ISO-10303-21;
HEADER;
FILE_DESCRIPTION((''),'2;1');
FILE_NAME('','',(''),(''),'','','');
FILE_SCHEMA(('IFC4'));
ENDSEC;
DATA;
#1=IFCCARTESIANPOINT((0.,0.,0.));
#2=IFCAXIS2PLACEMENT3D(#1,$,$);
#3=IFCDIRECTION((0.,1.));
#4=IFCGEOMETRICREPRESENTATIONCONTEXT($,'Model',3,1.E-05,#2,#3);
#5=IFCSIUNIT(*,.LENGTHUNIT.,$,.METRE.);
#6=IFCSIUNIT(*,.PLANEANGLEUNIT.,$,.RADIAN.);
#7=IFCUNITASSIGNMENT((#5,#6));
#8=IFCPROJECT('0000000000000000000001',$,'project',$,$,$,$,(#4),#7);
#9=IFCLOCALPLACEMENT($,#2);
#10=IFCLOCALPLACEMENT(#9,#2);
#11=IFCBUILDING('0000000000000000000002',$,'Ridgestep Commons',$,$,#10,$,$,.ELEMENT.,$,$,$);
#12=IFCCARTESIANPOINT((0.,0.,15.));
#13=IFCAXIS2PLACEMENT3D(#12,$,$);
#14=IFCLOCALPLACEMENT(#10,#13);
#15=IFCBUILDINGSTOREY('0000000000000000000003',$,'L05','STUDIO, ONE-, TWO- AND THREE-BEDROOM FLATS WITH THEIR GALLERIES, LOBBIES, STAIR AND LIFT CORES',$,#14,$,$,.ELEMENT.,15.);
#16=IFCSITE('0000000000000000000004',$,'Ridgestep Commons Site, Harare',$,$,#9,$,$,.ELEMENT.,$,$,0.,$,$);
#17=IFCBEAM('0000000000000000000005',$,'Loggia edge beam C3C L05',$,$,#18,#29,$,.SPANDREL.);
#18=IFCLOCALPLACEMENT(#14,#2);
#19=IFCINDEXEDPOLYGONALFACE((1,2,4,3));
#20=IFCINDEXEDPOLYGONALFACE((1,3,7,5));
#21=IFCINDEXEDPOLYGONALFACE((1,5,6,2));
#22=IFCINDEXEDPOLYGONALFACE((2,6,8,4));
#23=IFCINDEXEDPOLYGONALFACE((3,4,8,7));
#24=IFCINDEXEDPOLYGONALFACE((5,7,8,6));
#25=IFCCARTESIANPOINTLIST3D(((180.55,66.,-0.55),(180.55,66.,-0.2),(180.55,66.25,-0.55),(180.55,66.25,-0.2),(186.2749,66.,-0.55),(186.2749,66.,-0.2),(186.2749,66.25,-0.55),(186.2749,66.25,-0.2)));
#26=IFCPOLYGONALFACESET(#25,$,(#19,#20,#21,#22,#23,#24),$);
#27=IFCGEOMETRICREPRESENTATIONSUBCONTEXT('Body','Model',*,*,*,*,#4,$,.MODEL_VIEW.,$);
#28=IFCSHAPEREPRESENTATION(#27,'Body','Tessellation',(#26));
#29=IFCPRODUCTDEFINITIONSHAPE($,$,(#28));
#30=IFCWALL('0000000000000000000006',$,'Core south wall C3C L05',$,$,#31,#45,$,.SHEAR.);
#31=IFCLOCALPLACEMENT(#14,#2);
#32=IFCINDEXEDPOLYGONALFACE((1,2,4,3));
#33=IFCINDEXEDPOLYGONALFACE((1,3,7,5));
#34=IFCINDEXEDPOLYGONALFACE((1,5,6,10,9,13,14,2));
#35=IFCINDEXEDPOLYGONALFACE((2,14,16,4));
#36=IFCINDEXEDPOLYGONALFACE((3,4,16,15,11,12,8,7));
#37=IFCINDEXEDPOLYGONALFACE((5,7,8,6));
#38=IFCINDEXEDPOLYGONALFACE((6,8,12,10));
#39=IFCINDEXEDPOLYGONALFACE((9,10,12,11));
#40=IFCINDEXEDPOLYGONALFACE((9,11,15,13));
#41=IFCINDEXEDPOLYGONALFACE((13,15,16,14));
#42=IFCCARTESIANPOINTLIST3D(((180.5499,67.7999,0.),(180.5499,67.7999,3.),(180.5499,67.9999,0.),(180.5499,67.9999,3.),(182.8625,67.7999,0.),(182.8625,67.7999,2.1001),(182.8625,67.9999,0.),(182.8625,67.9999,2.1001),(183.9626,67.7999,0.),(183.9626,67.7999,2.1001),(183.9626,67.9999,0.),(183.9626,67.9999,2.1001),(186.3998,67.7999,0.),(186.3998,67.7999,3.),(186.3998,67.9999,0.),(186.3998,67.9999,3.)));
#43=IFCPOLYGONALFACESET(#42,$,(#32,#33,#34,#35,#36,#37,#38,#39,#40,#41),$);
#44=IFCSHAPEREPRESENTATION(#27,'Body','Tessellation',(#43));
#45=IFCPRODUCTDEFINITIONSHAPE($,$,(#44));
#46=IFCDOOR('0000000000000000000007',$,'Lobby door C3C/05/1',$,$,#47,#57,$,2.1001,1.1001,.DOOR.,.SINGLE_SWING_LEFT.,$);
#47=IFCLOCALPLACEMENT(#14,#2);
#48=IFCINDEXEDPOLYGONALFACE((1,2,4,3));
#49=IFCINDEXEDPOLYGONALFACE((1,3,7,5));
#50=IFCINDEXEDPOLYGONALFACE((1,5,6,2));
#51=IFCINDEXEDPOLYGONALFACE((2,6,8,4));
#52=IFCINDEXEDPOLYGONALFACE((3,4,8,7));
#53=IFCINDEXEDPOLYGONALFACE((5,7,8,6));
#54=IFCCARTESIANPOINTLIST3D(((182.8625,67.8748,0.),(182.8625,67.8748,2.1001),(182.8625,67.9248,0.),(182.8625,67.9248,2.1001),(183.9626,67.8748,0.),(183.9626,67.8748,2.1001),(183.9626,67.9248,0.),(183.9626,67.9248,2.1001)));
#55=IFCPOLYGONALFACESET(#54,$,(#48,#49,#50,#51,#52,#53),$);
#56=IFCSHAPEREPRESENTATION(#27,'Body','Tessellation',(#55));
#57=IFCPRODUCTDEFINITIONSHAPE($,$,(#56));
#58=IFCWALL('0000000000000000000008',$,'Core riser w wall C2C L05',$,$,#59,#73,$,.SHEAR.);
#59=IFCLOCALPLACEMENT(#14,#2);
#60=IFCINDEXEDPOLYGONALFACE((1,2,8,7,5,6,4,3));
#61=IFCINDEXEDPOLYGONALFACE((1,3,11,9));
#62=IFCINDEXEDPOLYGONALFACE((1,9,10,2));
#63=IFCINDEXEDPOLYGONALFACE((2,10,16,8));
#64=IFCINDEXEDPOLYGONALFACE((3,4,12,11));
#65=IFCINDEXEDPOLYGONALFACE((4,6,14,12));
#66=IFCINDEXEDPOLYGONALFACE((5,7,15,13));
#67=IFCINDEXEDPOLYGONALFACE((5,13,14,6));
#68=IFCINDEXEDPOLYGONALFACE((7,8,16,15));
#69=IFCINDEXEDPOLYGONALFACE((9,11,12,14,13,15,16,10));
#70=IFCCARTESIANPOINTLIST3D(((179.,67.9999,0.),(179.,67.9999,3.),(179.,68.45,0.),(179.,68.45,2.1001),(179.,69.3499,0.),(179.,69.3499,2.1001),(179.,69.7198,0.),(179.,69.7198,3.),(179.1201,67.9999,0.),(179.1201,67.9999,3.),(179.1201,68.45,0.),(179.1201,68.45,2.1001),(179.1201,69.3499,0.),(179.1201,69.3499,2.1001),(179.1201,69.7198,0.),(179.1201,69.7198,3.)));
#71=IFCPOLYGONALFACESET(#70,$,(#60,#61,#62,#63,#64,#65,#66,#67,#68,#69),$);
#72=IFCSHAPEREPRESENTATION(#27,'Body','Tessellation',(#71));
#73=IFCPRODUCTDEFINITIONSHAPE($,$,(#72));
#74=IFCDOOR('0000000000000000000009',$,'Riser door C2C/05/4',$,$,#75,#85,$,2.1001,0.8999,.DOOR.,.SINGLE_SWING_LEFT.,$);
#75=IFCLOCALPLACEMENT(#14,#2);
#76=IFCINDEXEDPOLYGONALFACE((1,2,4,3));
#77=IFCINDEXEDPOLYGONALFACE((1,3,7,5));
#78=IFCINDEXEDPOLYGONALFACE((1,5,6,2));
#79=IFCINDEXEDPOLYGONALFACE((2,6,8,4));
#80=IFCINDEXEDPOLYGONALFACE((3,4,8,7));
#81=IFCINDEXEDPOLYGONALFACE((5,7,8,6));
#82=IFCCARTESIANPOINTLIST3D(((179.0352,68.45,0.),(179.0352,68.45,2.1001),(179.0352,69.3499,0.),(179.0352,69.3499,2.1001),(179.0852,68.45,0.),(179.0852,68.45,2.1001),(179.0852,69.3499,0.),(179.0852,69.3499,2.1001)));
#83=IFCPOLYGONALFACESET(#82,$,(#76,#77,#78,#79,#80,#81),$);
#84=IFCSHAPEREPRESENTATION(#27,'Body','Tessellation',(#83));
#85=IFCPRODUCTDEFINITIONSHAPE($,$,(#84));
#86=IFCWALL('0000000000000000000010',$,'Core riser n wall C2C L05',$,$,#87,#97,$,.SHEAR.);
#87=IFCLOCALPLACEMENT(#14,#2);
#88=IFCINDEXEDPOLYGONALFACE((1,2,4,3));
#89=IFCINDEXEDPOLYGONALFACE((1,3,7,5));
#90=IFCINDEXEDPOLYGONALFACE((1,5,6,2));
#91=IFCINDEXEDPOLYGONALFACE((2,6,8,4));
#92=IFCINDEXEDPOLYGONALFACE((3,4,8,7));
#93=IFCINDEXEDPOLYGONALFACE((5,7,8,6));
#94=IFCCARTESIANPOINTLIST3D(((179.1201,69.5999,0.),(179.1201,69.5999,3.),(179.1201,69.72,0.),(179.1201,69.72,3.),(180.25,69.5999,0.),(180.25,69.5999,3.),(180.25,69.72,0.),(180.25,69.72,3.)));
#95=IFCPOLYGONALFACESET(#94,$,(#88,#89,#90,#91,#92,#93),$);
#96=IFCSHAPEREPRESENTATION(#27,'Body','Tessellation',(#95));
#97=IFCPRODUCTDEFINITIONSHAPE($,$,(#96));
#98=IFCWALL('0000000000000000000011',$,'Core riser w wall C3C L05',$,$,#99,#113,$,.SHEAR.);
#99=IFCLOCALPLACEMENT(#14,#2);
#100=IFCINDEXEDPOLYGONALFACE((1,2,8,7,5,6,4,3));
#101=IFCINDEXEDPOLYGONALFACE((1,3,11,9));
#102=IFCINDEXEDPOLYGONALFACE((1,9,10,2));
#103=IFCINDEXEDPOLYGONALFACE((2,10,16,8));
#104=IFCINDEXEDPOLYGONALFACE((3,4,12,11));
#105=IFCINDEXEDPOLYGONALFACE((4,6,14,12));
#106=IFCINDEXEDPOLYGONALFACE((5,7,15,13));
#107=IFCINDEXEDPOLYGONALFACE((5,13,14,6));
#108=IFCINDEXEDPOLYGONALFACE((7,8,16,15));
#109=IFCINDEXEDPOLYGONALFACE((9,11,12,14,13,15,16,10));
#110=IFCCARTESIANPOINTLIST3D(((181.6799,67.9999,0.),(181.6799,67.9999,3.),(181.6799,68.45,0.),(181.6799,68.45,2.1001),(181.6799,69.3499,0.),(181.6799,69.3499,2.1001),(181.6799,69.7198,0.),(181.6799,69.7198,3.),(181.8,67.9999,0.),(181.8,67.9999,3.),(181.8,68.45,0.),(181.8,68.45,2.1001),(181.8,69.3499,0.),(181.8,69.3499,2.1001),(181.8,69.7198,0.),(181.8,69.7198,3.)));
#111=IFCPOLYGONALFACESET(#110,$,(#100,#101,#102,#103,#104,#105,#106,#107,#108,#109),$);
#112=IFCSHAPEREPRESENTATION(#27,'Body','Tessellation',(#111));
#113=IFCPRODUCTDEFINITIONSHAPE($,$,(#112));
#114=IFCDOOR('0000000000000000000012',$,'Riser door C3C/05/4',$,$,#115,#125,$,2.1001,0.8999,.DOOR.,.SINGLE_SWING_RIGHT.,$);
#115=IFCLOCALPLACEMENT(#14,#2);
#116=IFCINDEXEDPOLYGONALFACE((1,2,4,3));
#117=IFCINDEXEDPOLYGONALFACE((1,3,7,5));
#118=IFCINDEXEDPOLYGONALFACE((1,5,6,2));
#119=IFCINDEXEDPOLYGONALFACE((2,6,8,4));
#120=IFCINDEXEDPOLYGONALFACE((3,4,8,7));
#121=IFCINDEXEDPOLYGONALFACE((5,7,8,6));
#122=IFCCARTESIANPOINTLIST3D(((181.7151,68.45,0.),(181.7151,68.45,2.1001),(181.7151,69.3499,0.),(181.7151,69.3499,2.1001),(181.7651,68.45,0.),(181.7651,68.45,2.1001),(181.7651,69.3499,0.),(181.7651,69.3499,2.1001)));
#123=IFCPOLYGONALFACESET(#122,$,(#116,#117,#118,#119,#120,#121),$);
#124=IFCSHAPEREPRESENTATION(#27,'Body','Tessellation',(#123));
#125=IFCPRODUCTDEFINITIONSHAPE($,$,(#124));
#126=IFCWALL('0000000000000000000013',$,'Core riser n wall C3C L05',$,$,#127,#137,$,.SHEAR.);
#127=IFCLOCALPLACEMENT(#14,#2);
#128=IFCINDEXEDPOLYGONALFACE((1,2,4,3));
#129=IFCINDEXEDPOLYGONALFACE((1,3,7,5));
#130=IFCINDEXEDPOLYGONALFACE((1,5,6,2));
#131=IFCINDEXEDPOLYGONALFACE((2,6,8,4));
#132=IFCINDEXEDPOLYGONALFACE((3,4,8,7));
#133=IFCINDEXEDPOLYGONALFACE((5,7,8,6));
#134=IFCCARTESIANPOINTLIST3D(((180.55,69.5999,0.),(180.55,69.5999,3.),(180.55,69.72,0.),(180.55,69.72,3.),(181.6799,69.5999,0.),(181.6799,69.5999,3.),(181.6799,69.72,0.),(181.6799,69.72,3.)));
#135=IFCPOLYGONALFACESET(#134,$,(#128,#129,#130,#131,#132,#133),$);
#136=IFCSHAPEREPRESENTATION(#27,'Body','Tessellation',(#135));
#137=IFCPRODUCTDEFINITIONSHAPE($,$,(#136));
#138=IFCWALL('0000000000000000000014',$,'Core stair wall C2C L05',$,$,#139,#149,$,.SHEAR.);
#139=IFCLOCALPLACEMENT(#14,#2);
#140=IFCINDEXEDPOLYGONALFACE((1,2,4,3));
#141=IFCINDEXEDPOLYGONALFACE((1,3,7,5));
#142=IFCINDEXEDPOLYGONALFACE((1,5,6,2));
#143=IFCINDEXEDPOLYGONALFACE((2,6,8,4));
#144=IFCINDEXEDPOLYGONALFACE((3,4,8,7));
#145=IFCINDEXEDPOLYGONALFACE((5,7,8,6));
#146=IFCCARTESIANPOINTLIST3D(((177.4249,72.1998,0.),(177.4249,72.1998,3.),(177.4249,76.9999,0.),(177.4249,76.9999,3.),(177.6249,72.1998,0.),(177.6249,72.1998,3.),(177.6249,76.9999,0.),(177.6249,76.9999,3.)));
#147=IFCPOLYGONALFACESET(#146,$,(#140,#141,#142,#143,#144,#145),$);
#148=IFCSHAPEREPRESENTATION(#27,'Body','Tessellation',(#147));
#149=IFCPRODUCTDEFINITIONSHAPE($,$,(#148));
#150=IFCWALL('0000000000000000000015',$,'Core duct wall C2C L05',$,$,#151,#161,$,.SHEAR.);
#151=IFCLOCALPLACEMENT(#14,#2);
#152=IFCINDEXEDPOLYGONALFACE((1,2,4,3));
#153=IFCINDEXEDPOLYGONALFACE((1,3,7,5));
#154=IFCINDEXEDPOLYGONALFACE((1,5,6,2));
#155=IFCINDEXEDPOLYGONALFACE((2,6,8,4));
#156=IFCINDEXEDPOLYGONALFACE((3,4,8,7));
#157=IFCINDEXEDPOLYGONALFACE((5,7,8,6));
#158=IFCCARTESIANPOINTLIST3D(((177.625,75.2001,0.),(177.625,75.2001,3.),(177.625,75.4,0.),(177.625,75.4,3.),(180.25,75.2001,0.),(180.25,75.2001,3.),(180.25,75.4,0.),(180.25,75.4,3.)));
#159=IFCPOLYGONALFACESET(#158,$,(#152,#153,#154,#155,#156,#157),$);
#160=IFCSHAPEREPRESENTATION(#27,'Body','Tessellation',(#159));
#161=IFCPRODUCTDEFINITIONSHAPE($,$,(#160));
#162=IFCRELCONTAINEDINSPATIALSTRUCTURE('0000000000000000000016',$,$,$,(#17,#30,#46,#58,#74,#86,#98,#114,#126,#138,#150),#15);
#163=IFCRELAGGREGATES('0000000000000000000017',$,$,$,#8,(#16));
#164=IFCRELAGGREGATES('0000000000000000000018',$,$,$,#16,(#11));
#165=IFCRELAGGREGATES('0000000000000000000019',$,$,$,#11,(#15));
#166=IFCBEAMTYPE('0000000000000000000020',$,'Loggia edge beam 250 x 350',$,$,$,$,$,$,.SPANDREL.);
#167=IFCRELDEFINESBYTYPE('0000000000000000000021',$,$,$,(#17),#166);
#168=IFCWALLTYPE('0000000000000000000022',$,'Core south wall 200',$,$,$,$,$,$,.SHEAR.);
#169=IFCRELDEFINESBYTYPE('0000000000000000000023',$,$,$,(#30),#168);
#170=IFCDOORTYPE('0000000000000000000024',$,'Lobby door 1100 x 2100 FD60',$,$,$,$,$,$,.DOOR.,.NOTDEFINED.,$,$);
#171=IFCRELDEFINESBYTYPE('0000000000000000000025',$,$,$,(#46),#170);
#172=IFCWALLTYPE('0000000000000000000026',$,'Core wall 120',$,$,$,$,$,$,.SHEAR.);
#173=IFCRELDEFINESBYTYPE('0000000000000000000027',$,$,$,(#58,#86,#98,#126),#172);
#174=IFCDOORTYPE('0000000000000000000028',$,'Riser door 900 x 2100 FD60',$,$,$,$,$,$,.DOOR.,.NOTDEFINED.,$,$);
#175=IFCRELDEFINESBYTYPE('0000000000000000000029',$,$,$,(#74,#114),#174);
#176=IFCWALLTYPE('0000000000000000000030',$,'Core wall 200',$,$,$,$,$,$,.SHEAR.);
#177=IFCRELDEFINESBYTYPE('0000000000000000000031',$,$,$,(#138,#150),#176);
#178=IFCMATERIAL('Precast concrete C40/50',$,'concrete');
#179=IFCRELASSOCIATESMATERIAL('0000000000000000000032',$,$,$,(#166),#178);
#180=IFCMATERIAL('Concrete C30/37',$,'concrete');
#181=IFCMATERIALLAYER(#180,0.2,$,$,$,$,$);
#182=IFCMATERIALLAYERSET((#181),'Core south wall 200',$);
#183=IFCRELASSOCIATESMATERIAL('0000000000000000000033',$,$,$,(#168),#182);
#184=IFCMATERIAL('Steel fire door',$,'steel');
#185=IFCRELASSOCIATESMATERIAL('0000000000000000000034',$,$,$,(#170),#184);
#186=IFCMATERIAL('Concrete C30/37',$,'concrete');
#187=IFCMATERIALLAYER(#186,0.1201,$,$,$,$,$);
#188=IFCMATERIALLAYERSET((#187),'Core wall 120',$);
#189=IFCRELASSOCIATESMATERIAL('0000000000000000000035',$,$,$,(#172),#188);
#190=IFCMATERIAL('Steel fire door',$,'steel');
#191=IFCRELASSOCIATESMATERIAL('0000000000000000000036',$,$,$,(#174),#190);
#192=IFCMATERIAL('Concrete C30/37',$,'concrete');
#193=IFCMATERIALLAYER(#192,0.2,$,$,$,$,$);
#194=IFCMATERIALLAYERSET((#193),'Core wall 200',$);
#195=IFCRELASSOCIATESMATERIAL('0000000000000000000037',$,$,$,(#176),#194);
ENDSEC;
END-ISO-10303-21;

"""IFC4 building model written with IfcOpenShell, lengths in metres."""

from ifc_helpers import new_model, si_unit, direction, frame, frame_2d, origin, origin_2d, place, context, subcontext, project, spatial, rectangle, extrude, material, layer, layer_set, material_profile, profile_set, type_object, element, fill, save


model = new_model("IFC4")

# Units and contexts
model_context = context("Model", 3, precision=1e-05, world=origin(), true_north=direction((0.0, 1.0)))
body_context = subcontext(model_context, "Body", "Model", "MODEL_VIEW")
ifc_project = project(units=[si_unit("LENGTHUNIT", "METRE"), si_unit("PLANEANGLEUNIT", "RADIAN")], contexts=[model_context])

# Site, building, storey
site_placement = place(None, origin())
site = spatial("IfcSite", under=ifc_project, at=site_placement, Name="Ridgestep Commons Site, Harare", CompositionType="ELEMENT", RefElevation=0.0)
building_placement = place(site_placement, origin())
building = spatial("IfcBuilding", under=site, at=building_placement, Name="Ridgestep Commons", CompositionType="ELEMENT")
storey_placement = place(building_placement, frame((0.0, 0.0, 15.0)))
storey = spatial("IfcBuildingStorey", under=building, at=storey_placement, Name="L05", Description="STUDIO, ONE-, TWO- AND THREE-BEDROOM FLATS WITH THEIR GALLERIES, LOBBIES, STAIR AND LIFT CORES", CompositionType="ELEMENT", Elevation=15.0)

# Beam
ifc_material_1 = material(Name="Precast concrete C40/50", Category="concrete")
ifc_material_profile = material_profile(ifc_material_1, rectangle(XDim=0.25, YDim=0.3501, at=origin_2d()), Name="PC 250x350")
ifc_profile_set = profile_set([ifc_material_profile], Name="Precast concrete C40/50")
beam_type = type_object("IfcBeamType", Name="Loggia edge beam 250 x 350", PredefinedType="SPANDREL", material=ifc_profile_set)
beam_placement = place(storey_placement, frame((180.55, 66.125, -0.375), z_axis=(1.0, 0.0, 0.0), x_axis=(0.0, 1.0, 0.0)))
element("IfcBeam", 1, at=beam_placement, inside=storey, type_object=beam_type, Name="Loggia edge beam C3C L05", PredefinedType="SPANDREL", context=body_context, shape_type="SweptSolid", body=[
    extrude(rectangle(XDim=0.25, YDim=0.3501, at=origin_2d()), origin(), (0.0, 0.0, 1.0), 5.7249),
])

# Walls, openings, doors
ifc_material_2 = material(Name="Concrete C30/37", Category="concrete")
ifc_layer_1 = layer(ifc_material_2, 0.2)
ifc_layer_set_1 = layer_set([ifc_layer_1], Name="Core south wall 200")
wall_type_1 = type_object("IfcWallType", Name="Core south wall 200", PredefinedType="SHEAR", material=ifc_layer_set_1)
wall_1_placement = place(storey_placement, frame((180.55, 67.8999, 0.0), z_axis=(0.0, 0.0, 1.0), x_axis=(1.0, 0.0, 0.0)))
wall_1 = element("IfcWall", 2, at=wall_1_placement, inside=storey, type_object=wall_type_1, Name="Core south wall C3C L05", PredefinedType="SHEAR", context=body_context, shape_type="SweptSolid", body=[
    extrude(rectangle(XDim=5.8499, YDim=0.2, at=frame_2d((2.9248, 0.0))), origin(), (0.0, 0.0, 1.0), 3.0),
])
opening_1_placement = place(wall_1_placement, frame((2.3125, 0.0, 0.0)))
opening_1 = element("IfcOpeningElement", 3, at=opening_1_placement, cuts=wall_1, PredefinedType="OPENING", context=body_context, shape_type="SweptSolid", body=[
    extrude(rectangle(XDim=1.1001, YDim=2.1001, at=frame_2d((0.55, 1.05))), frame((0.0, 0.1099, 0.0), z_axis=(0.0, -1.0, 0.0), x_axis=(1.0, 0.0, 0.0)), (0.0, 0.0, 1.0), 0.22),
])
ifc_material_3 = material(Name="Steel fire door", Category="steel")
door_type_1 = type_object("IfcDoorType", Name="Lobby door 1100 x 2100 FD60", OperationType="NOTDEFINED", PredefinedType="DOOR", material=ifc_material_3)
door_1_placement = place(opening_1_placement, origin())
door_1 = element("IfcDoor", 4, at=door_1_placement, inside=storey, type_object=door_type_1, Name="Lobby door C3C/05/1", OperationType="SINGLE_SWING_LEFT", OverallHeight=2.1001, OverallWidth=1.1001, PredefinedType="DOOR", context=body_context, shape_type="SweptSolid", body=[
    extrude(rectangle(XDim=1.1001, YDim=2.1001, at=frame_2d((0.55, 1.05))), frame((0.0, 0.0249, 0.0), z_axis=(0.0, -1.0, 0.0), x_axis=(1.0, 0.0, 0.0)), (0.0, 0.0, 1.0), 0.05),
])
fill(opening_1, door_1)
ifc_material_4 = material(Name="Concrete C30/37", Category="concrete")
ifc_layer_2 = layer(ifc_material_4, 0.1201)
ifc_layer_set_2 = layer_set([ifc_layer_2], Name="Core wall 120")
wall_type_2 = type_object("IfcWallType", Name="Core wall 120", PredefinedType="SHEAR", material=ifc_layer_set_2)
wall_2_placement = place(storey_placement, frame((179.0601, 68.0, 0.0), z_axis=(0.0, 0.0, 1.0), x_axis=(0.0, 1.0, 0.0)))
wall_2 = element("IfcWall", 5, at=wall_2_placement, inside=storey, type_object=wall_type_2, Name="Core riser w wall C2C L05", PredefinedType="SHEAR", context=body_context, shape_type="SweptSolid", body=[
    extrude(rectangle(XDim=1.72, YDim=0.1201, at=frame_2d((0.8599, 0.0))), origin(), (0.0, 0.0, 1.0), 3.0),
])
opening_2_placement = place(wall_2_placement, frame((0.45, 0.0, 0.0)))
opening_2 = element("IfcOpeningElement", 6, at=opening_2_placement, cuts=wall_2, PredefinedType="OPENING", context=body_context, shape_type="SweptSolid", body=[
    extrude(rectangle(XDim=0.8999, YDim=2.1001, at=frame_2d((0.45, 1.05))), frame((0.0, 0.0701, 0.0), z_axis=(0.0, -1.0, 0.0), x_axis=(1.0, 0.0, 0.0)), (0.0, 0.0, 1.0), 0.1401),
])
ifc_material_5 = material(Name="Steel fire door", Category="steel")
door_type_2 = type_object("IfcDoorType", Name="Riser door 900 x 2100 FD60", OperationType="NOTDEFINED", PredefinedType="DOOR", material=ifc_material_5)
door_2_placement = place(opening_2_placement, origin())
door_2 = element("IfcDoor", 7, at=door_2_placement, inside=storey, type_object=door_type_2, Name="Riser door C2C/05/4", OperationType="SINGLE_SWING_LEFT", OverallHeight=2.1001, OverallWidth=0.8999, PredefinedType="DOOR", context=body_context, shape_type="SweptSolid", body=[
    extrude(rectangle(XDim=0.8999, YDim=2.1001, at=frame_2d((0.45, 1.05))), frame((0.0, 0.0249, 0.0), z_axis=(0.0, -1.0, 0.0), x_axis=(1.0, 0.0, 0.0)), (0.0, 0.0, 1.0), 0.05),
])
fill(opening_2, door_2)

# Wall
wall_3_placement = place(storey_placement, frame((179.1201, 69.6599, 0.0), z_axis=(0.0, 0.0, 1.0), x_axis=(1.0, 0.0, 0.0)))
element("IfcWall", 8, at=wall_3_placement, inside=storey, type_object=wall_type_2, Name="Core riser n wall C2C L05", PredefinedType="SHEAR", context=body_context, shape_type="SweptSolid", body=[
    extrude(rectangle(XDim=1.1299, YDim=0.1201, at=frame_2d((0.5649, 0.0))), origin(), (0.0, 0.0, 1.0), 3.0),
])

# Wall, opening, door
wall_4_placement = place(storey_placement, frame((181.74, 68.0, 0.0), z_axis=(0.0, 0.0, 1.0), x_axis=(0.0, 1.0, 0.0)))
wall_4 = element("IfcWall", 9, at=wall_4_placement, inside=storey, type_object=wall_type_2, Name="Core riser w wall C3C L05", PredefinedType="SHEAR", context=body_context, shape_type="SweptSolid", body=[
    extrude(rectangle(XDim=1.72, YDim=0.1201, at=frame_2d((0.8599, 0.0))), origin(), (0.0, 0.0, 1.0), 3.0),
])
opening_3_placement = place(wall_4_placement, frame((0.45, 0.0, 0.0)))
opening_3 = element("IfcOpeningElement", 10, at=opening_3_placement, cuts=wall_4, PredefinedType="OPENING", context=body_context, shape_type="SweptSolid", body=[
    extrude(rectangle(XDim=0.8999, YDim=2.1001, at=frame_2d((0.45, 1.05))), frame((0.0, 0.0701, 0.0), z_axis=(0.0, -1.0, 0.0), x_axis=(1.0, 0.0, 0.0)), (0.0, 0.0, 1.0), 0.1401),
])
door_3_placement = place(opening_3_placement, origin())
door_3 = element("IfcDoor", 11, at=door_3_placement, inside=storey, type_object=door_type_2, Name="Riser door C3C/05/4", OperationType="SINGLE_SWING_RIGHT", OverallHeight=2.1001, OverallWidth=0.8999, PredefinedType="DOOR", context=body_context, shape_type="SweptSolid", body=[
    extrude(rectangle(XDim=0.8999, YDim=2.1001, at=frame_2d((0.45, 1.05))), frame((0.0, 0.0249, 0.0), z_axis=(0.0, -1.0, 0.0), x_axis=(1.0, 0.0, 0.0)), (0.0, 0.0, 1.0), 0.05),
])
fill(opening_3, door_3)

# Walls
wall_5_placement = place(storey_placement, frame((180.55, 69.6599, 0.0), z_axis=(0.0, 0.0, 1.0), x_axis=(1.0, 0.0, 0.0)))
element("IfcWall", 12, at=wall_5_placement, inside=storey, type_object=wall_type_2, Name="Core riser n wall C3C L05", PredefinedType="SHEAR", context=body_context, shape_type="SweptSolid", body=[
    extrude(rectangle(XDim=1.1299, YDim=0.1201, at=frame_2d((0.5649, 0.0))), origin(), (0.0, 0.0, 1.0), 3.0),
])
ifc_material_6 = material(Name="Concrete C30/37", Category="concrete")
ifc_layer_3 = layer(ifc_material_6, 0.2)
ifc_layer_set_3 = layer_set([ifc_layer_3], Name="Core wall 200")
wall_type_3 = type_object("IfcWallType", Name="Core wall 200", PredefinedType="SHEAR", material=ifc_layer_set_3)
wall_6_placement = place(storey_placement, frame((177.5249, 72.2, 0.0), z_axis=(0.0, 0.0, 1.0), x_axis=(0.0, 1.0, 0.0)))
element("IfcWall", 13, at=wall_6_placement, inside=storey, type_object=wall_type_3, Name="Core stair wall C2C L05", PredefinedType="SHEAR", context=body_context, shape_type="SweptSolid", body=[
    extrude(rectangle(XDim=4.8, YDim=0.2, at=frame_2d((2.3999, 0.0))), origin(), (0.0, 0.0, 1.0), 3.0),
])
wall_7_placement = place(storey_placement, frame((177.625, 75.3, 0.0), z_axis=(0.0, 0.0, 1.0), x_axis=(1.0, 0.0, 0.0)))
element("IfcWall", 14, at=wall_7_placement, inside=storey, type_object=wall_type_3, Name="Core duct wall C2C L05", PredefinedType="SHEAR", context=body_context, shape_type="SweptSolid", body=[
    extrude(rectangle(XDim=2.625, YDim=0.2, at=frame_2d((1.3125, 0.0))), origin(), (0.0, 0.0, 1.0), 3.0),
])

save(model, "model.ifc")
